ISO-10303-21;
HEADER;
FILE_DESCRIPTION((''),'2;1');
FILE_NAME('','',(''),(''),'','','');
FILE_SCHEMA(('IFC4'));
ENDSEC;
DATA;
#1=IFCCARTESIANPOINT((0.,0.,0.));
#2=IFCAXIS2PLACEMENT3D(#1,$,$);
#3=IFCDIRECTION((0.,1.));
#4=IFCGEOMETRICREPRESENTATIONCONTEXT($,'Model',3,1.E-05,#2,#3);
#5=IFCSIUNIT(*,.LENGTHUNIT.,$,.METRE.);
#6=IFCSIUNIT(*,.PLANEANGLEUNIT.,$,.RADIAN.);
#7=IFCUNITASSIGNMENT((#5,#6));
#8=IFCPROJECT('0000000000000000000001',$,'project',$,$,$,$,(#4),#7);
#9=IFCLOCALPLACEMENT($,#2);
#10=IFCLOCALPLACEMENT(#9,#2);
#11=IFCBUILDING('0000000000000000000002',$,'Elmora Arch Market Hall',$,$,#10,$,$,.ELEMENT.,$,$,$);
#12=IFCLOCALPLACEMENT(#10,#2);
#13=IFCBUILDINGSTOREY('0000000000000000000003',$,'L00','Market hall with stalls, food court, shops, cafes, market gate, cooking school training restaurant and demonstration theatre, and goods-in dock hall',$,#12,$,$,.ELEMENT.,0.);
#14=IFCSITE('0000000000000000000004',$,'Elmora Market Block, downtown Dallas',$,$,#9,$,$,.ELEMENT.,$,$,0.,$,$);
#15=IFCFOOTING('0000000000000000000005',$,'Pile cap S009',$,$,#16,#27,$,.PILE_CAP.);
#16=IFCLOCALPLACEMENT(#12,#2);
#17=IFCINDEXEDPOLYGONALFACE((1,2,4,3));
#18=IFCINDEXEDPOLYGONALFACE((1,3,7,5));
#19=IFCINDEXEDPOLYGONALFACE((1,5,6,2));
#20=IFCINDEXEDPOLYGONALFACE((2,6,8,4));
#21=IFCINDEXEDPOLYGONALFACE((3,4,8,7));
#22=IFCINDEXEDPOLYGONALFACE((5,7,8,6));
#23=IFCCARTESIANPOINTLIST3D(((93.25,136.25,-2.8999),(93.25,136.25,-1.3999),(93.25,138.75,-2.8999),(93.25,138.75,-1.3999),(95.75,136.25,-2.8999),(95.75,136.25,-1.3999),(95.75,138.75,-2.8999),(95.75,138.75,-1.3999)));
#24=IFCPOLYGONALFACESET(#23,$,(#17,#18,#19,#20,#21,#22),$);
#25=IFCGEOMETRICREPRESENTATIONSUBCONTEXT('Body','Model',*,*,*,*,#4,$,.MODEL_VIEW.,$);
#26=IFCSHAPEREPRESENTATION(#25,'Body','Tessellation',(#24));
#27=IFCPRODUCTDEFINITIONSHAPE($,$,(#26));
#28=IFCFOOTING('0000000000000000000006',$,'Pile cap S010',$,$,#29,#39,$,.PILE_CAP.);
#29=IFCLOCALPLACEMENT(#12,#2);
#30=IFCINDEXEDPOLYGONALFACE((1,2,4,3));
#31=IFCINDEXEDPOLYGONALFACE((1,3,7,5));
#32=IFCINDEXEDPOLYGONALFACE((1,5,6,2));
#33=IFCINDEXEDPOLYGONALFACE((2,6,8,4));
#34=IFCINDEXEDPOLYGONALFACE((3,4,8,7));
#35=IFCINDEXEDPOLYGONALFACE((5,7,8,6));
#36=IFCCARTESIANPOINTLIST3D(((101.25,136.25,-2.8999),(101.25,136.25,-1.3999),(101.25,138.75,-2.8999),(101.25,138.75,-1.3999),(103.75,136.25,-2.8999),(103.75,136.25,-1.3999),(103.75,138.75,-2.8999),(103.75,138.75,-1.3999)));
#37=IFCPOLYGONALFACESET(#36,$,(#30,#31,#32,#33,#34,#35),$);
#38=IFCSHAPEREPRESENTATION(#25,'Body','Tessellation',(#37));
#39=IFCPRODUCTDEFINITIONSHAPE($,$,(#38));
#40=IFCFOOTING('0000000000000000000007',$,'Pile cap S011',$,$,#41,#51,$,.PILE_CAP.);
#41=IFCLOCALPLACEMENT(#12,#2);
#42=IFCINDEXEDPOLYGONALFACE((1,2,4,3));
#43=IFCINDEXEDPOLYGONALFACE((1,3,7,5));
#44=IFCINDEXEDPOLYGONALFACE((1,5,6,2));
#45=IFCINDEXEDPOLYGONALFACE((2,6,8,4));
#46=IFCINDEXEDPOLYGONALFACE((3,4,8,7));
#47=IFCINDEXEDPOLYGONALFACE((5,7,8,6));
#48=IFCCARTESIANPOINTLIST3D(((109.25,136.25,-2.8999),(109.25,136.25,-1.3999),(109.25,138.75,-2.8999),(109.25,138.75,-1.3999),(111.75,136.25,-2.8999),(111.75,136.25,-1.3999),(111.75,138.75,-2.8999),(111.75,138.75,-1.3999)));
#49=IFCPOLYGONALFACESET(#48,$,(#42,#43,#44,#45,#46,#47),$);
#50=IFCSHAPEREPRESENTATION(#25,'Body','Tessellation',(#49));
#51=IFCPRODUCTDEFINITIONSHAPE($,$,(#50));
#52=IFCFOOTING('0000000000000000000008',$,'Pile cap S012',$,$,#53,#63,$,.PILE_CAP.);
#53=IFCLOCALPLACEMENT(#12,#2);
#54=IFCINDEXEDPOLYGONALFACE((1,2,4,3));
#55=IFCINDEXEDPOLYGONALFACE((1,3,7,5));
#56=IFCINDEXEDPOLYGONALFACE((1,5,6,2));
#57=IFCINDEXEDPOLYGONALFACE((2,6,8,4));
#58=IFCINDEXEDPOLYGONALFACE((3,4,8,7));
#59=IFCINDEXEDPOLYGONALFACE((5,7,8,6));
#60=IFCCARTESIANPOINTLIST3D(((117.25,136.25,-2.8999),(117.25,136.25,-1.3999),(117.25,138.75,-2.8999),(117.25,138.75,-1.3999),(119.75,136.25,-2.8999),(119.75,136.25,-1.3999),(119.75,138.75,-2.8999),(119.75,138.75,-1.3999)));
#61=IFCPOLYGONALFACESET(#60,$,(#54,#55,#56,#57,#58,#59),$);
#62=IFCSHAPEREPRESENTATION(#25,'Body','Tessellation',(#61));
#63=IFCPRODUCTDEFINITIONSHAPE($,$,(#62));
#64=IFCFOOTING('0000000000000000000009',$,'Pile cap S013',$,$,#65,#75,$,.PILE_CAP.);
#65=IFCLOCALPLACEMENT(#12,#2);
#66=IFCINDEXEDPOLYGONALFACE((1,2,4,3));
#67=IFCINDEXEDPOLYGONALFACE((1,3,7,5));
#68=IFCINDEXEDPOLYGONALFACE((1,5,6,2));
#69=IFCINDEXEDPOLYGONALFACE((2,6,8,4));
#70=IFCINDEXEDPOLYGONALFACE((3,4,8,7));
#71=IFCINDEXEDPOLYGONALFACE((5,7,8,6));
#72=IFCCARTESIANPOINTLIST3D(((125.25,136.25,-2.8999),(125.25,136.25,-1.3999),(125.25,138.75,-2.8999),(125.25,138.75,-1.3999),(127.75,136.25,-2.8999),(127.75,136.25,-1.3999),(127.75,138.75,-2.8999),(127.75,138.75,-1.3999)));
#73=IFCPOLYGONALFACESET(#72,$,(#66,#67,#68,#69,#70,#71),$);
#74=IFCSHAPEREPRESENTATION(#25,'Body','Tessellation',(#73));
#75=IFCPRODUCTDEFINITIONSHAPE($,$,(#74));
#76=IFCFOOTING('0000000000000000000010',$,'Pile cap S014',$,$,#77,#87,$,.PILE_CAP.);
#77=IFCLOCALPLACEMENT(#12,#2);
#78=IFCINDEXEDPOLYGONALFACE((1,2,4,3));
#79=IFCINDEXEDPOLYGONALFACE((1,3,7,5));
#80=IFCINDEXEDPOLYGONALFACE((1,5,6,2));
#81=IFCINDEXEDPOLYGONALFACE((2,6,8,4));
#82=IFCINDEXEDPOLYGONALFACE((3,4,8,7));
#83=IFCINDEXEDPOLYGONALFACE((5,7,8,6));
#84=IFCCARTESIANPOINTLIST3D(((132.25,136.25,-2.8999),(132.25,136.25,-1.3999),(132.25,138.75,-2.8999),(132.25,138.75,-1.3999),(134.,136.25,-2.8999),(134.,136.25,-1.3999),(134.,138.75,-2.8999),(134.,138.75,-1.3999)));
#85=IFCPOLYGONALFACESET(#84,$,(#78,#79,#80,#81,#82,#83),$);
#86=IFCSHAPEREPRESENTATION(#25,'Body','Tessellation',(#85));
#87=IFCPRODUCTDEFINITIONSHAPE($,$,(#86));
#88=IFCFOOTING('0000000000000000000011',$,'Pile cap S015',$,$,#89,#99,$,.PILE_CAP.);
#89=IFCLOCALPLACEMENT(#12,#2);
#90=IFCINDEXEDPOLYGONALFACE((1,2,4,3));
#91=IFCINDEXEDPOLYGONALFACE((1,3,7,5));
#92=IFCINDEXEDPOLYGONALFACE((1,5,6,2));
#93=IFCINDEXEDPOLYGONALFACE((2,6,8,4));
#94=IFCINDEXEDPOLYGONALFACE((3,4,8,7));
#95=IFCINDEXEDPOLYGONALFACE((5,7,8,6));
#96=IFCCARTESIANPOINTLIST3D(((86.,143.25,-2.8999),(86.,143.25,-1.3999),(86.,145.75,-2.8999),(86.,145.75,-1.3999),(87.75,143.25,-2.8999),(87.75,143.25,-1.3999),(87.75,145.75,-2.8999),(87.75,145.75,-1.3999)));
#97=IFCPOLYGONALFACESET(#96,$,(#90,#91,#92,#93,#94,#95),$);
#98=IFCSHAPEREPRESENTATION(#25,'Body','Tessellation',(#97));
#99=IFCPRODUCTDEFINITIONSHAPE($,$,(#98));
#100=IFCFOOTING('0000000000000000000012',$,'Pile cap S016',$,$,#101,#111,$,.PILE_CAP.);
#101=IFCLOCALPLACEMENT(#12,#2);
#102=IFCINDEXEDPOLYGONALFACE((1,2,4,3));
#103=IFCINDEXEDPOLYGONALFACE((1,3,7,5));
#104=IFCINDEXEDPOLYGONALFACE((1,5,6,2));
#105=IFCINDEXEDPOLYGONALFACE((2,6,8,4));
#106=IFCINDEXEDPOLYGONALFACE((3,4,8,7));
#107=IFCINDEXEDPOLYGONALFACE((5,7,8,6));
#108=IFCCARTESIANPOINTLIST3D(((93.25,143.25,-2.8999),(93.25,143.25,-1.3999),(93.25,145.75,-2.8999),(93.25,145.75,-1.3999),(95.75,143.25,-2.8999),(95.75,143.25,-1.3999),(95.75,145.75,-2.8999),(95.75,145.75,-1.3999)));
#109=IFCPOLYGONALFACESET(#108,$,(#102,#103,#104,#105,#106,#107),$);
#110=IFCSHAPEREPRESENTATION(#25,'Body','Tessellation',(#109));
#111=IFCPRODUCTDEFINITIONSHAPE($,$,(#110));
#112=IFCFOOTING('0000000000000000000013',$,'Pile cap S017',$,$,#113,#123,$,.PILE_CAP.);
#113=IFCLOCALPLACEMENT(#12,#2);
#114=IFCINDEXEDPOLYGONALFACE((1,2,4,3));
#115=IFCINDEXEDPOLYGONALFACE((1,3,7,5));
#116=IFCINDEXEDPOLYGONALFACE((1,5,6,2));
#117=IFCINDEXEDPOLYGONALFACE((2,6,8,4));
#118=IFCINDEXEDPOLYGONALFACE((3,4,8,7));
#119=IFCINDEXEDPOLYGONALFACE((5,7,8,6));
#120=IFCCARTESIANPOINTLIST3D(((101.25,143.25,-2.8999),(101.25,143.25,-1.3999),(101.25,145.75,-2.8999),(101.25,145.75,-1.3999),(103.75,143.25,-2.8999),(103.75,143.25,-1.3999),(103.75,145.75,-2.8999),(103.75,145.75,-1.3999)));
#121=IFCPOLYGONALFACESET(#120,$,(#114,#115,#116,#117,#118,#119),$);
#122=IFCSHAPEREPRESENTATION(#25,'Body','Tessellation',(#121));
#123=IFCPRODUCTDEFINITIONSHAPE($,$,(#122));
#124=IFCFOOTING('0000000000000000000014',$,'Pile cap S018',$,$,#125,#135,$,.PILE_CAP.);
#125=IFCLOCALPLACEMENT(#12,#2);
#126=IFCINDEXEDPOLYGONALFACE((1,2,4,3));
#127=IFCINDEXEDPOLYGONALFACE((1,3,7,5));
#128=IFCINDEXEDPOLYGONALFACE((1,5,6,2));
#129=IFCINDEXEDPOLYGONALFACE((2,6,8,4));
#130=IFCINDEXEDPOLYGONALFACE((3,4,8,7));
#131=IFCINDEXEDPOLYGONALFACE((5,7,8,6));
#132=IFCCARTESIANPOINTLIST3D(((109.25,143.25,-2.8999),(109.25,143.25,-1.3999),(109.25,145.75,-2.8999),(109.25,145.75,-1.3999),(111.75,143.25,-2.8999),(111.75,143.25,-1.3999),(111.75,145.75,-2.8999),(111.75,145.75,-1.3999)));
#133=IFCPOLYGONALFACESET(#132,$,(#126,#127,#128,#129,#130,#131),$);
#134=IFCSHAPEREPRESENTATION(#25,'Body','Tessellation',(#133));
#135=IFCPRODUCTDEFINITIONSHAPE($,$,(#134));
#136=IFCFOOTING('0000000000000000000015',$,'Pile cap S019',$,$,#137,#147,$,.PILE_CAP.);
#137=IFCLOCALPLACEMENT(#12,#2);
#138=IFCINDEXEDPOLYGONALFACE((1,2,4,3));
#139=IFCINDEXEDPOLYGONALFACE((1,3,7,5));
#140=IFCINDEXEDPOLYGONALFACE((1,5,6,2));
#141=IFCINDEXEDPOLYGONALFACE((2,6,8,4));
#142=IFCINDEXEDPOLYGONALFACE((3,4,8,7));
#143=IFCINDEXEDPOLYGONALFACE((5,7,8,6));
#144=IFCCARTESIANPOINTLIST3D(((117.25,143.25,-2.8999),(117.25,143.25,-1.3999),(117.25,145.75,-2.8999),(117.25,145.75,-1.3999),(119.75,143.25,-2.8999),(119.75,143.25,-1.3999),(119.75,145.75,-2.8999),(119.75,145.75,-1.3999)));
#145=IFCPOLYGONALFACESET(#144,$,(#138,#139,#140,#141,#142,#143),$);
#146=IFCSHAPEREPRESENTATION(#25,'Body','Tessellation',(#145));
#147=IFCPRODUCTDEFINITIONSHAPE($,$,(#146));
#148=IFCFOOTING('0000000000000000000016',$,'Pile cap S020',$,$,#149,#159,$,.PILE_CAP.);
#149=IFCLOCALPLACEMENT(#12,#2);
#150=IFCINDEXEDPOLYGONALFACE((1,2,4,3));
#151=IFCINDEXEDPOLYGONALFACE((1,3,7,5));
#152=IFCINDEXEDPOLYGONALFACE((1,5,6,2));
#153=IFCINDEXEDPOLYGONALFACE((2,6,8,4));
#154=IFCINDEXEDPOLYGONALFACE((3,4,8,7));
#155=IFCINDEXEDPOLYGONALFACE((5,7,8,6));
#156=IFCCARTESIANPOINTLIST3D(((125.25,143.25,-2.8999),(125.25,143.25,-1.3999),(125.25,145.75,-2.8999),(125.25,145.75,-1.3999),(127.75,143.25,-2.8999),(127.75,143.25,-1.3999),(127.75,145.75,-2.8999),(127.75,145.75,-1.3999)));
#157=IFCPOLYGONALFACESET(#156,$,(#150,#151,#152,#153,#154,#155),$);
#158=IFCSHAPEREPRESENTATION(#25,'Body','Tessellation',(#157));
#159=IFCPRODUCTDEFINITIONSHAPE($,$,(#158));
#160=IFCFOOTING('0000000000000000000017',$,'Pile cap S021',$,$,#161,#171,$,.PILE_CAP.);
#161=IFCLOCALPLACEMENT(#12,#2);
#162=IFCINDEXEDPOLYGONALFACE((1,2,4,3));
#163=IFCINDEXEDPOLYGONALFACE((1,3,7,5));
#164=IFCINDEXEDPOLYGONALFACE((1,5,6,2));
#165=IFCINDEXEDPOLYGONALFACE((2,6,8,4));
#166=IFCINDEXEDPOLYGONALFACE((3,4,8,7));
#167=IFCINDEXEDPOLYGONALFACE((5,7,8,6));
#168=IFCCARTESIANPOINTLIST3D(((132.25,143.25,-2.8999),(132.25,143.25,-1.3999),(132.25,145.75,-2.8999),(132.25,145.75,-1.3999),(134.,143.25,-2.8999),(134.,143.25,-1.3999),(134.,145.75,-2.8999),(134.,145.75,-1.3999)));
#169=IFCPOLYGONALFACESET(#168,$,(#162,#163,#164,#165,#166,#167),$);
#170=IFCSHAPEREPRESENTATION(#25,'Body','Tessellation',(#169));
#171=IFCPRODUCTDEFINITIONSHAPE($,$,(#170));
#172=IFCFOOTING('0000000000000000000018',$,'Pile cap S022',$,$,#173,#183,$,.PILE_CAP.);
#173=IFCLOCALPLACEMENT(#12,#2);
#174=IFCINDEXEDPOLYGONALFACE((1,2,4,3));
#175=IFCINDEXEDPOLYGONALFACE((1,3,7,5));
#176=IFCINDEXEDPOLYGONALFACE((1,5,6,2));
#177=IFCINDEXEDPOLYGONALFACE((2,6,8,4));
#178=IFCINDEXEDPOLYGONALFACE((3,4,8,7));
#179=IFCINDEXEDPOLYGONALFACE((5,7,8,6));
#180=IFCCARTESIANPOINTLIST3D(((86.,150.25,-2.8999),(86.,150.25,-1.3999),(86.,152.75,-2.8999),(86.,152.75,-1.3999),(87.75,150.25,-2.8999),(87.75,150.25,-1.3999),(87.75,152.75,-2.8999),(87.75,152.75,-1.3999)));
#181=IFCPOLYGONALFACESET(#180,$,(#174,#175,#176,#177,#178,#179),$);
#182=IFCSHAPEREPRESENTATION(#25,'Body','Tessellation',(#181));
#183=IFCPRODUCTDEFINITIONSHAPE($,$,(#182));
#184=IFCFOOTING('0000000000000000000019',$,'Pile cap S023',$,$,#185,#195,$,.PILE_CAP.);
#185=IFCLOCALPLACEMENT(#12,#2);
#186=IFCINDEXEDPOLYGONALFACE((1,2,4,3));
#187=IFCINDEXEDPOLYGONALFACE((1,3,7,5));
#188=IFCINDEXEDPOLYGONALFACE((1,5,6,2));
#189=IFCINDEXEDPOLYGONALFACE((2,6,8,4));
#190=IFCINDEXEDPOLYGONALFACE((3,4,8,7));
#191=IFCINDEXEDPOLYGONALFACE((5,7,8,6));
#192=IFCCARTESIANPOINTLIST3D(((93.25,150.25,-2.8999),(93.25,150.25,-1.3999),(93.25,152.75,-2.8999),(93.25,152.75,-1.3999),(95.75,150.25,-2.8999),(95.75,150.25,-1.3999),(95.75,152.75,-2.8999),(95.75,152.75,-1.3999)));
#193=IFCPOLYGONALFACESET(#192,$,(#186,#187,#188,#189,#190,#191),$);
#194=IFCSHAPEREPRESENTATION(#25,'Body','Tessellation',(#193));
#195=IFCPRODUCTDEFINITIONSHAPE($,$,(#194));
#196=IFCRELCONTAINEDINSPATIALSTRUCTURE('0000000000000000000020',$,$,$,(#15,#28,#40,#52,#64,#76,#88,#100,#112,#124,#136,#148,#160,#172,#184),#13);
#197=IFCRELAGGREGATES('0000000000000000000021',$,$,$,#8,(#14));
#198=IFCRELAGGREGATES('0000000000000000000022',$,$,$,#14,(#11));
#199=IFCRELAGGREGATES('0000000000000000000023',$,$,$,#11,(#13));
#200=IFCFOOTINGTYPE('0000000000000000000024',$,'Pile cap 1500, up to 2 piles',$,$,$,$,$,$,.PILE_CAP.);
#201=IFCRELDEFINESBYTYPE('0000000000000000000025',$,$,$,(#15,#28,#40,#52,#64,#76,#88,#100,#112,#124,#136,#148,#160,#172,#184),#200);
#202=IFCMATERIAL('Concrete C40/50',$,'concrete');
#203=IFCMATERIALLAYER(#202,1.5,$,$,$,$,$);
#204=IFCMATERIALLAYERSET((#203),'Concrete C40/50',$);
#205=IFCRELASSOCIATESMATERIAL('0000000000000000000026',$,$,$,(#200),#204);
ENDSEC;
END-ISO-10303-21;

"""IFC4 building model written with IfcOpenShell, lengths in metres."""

from ifc_helpers import new_model, si_unit, direction, frame, origin, place, context, subcontext, project, spatial, polyline, outline, extrude, material, layer, layer_set, type_object, element, save


model = new_model("IFC4")

# Units and contexts
model_context = context("Model", 3, precision=1e-05, world=origin(), true_north=direction((0.0, 1.0)))
body_context = subcontext(model_context, "Body", "Model", "MODEL_VIEW")
ifc_project = project(units=[si_unit("LENGTHUNIT", "METRE"), si_unit("PLANEANGLEUNIT", "RADIAN")], contexts=[model_context])

# Site, building, storey
site_placement = place(None, origin())
site = spatial("IfcSite", under=ifc_project, at=site_placement, Name="Elmora Market Block, downtown Dallas", CompositionType="ELEMENT", RefElevation=0.0)
building_placement = place(site_placement, origin())
building = spatial("IfcBuilding", under=site, at=building_placement, Name="Elmora Arch Market Hall", CompositionType="ELEMENT")
storey_placement = place(building_placement, origin())
storey = spatial("IfcBuildingStorey", under=building, at=storey_placement, Name="L00", Description="Market hall with stalls, food court, shops, cafes, market gate, cooking school training restaurant and demonstration theatre, and goods-in dock hall", CompositionType="ELEMENT", Elevation=0.0)

# Footings
ifc_material_1 = material(Name="Concrete C40/50", Category="concrete")
ifc_layer_1 = layer(ifc_material_1, 1.5)
ifc_layer_set_1 = layer_set([ifc_layer_1], Name="Concrete C40/50")
footing_type_1 = type_object("IfcFootingType", Name="Pile cap 1500, up to 2 piles", PredefinedType="PILE_CAP", material=ifc_layer_set_1)
footing_1_placement = place(storey_placement, frame((0.0, 0.0, -2.8999)))
element("IfcFooting", 1, at=footing_1_placement, inside=storey, type_object=footing_type_1, Name="Pile cap S009", PredefinedType="PILE_CAP", context=body_context, shape_type="SweptSolid", body=[
    extrude(outline(polyline([(95.75, 138.75), (95.75, 136.25), (93.25, 136.25), (93.25, 138.75), (95.75, 138.75)])), origin(), (0.0, 0.0, 1.0), 1.5),
])
footing_2_placement = place(storey_placement, frame((0.0, 0.0, -2.8999)))
element("IfcFooting", 2, at=footing_2_placement, inside=storey, type_object=footing_type_1, Name="Pile cap S010", PredefinedType="PILE_CAP", context=body_context, shape_type="SweptSolid", body=[
    extrude(outline(polyline([(103.75, 138.75), (103.75, 136.25), (101.25, 136.25), (101.25, 138.75), (103.75, 138.75)])), origin(), (0.0, 0.0, 1.0), 1.5),
])
footing_3_placement = place(storey_placement, frame((0.0, 0.0, -2.8999)))
element("IfcFooting", 3, at=footing_3_placement, inside=storey, type_object=footing_type_1, Name="Pile cap S011", PredefinedType="PILE_CAP", context=body_context, shape_type="SweptSolid", body=[
    extrude(outline(polyline([(111.75, 138.75), (111.75, 136.25), (109.25, 136.25), (109.25, 138.75), (111.75, 138.75)])), origin(), (0.0, 0.0, 1.0), 1.5),
])
footing_4_placement = place(storey_placement, frame((0.0, 0.0, -2.8999)))
element("IfcFooting", 4, at=footing_4_placement, inside=storey, type_object=footing_type_1, Name="Pile cap S012", PredefinedType="PILE_CAP", context=body_context, shape_type="SweptSolid", body=[
    extrude(outline(polyline([(119.75, 138.75), (119.75, 136.25), (117.25, 136.25), (117.25, 138.75), (119.75, 138.75)])), origin(), (0.0, 0.0, 1.0), 1.5),
])
footing_5_placement = place(storey_placement, frame((0.0, 0.0, -2.8999)))
element("IfcFooting", 5, at=footing_5_placement, inside=storey, type_object=footing_type_1, Name="Pile cap S013", PredefinedType="PILE_CAP", context=body_context, shape_type="SweptSolid", body=[
    extrude(outline(polyline([(127.75, 138.75), (127.75, 136.25), (125.25, 136.25), (125.25, 138.75), (127.75, 138.75)])), origin(), (0.0, 0.0, 1.0), 1.5),
])
footing_6_placement = place(storey_placement, frame((0.0, 0.0, -2.8999)))
element("IfcFooting", 6, at=footing_6_placement, inside=storey, type_object=footing_type_1, Name="Pile cap S014", PredefinedType="PILE_CAP", context=body_context, shape_type="SweptSolid", body=[
    extrude(outline(polyline([(134.0, 138.75), (134.0, 136.25), (132.25, 136.25), (132.25, 138.75), (134.0, 138.75)])), origin(), (0.0, 0.0, 1.0), 1.5),
])
footing_7_placement = place(storey_placement, frame((0.0, 0.0, -2.8999)))
element("IfcFooting", 7, at=footing_7_placement, inside=storey, type_object=footing_type_1, Name="Pile cap S015", PredefinedType="PILE_CAP", context=body_context, shape_type="SweptSolid", body=[
    extrude(outline(polyline([(87.75, 145.75), (87.75, 143.25), (86.0, 143.25), (86.0, 145.75), (87.75, 145.75)])), origin(), (0.0, 0.0, 1.0), 1.5),
])
footing_8_placement = place(storey_placement, frame((0.0, 0.0, -2.8999)))
element("IfcFooting", 8, at=footing_8_placement, inside=storey, type_object=footing_type_1, Name="Pile cap S016", PredefinedType="PILE_CAP", context=body_context, shape_type="SweptSolid", body=[
    extrude(outline(polyline([(93.25, 145.75), (95.75, 145.75), (95.75, 143.25), (93.25, 143.25), (93.25, 145.75)])), origin(), (0.0, 0.0, 1.0), 1.5),
])
footing_9_placement = place(storey_placement, frame((0.0, 0.0, -2.8999)))
element("IfcFooting", 9, at=footing_9_placement, inside=storey, type_object=footing_type_1, Name="Pile cap S017", PredefinedType="PILE_CAP", context=body_context, shape_type="SweptSolid", body=[
    extrude(outline(polyline([(103.75, 145.75), (103.75, 143.25), (101.25, 143.25), (101.25, 145.75), (103.75, 145.75)])), origin(), (0.0, 0.0, 1.0), 1.5),
])
footing_10_placement = place(storey_placement, frame((0.0, 0.0, -2.8999)))
element("IfcFooting", 10, at=footing_10_placement, inside=storey, type_object=footing_type_1, Name="Pile cap S018", PredefinedType="PILE_CAP", context=body_context, shape_type="SweptSolid", body=[
    extrude(outline(polyline([(111.75, 145.75), (111.75, 143.25), (109.25, 143.25), (109.25, 145.75), (111.75, 145.75)])), origin(), (0.0, 0.0, 1.0), 1.5),
])
footing_11_placement = place(storey_placement, frame((0.0, 0.0, -2.8999)))
element("IfcFooting", 11, at=footing_11_placement, inside=storey, type_object=footing_type_1, Name="Pile cap S019", PredefinedType="PILE_CAP", context=body_context, shape_type="SweptSolid", body=[
    extrude(outline(polyline([(117.25, 145.75), (119.75, 145.75), (119.75, 143.25), (117.25, 143.25), (117.25, 145.75)])), origin(), (0.0, 0.0, 1.0), 1.5),
])
footing_12_placement = place(storey_placement, frame((0.0, 0.0, -2.8999)))
element("IfcFooting", 12, at=footing_12_placement, inside=storey, type_object=footing_type_1, Name="Pile cap S020", PredefinedType="PILE_CAP", context=body_context, shape_type="SweptSolid", body=[
    extrude(outline(polyline([(127.75, 145.75), (127.75, 143.25), (125.25, 143.25), (125.25, 145.75), (127.75, 145.75)])), origin(), (0.0, 0.0, 1.0), 1.5),
])
footing_13_placement = place(storey_placement, frame((0.0, 0.0, -2.8999)))
element("IfcFooting", 13, at=footing_13_placement, inside=storey, type_object=footing_type_1, Name="Pile cap S021", PredefinedType="PILE_CAP", context=body_context, shape_type="SweptSolid", body=[
    extrude(outline(polyline([(134.0, 145.75), (134.0, 143.25), (132.25, 143.25), (132.25, 145.75), (134.0, 145.75)])), origin(), (0.0, 0.0, 1.0), 1.5),
])
footing_14_placement = place(storey_placement, frame((0.0, 0.0, -2.8999)))
element("IfcFooting", 14, at=footing_14_placement, inside=storey, type_object=footing_type_1, Name="Pile cap S022", PredefinedType="PILE_CAP", context=body_context, shape_type="SweptSolid", body=[
    extrude(outline(polyline([(87.75, 152.75), (87.75, 150.25), (86.0, 150.25), (86.0, 152.75), (87.75, 152.75)])), origin(), (0.0, 0.0, 1.0), 1.5),
])
footing_15_placement = place(storey_placement, frame((0.0, 0.0, -2.8999)))
element("IfcFooting", 15, at=footing_15_placement, inside=storey, type_object=footing_type_1, Name="Pile cap S023", PredefinedType="PILE_CAP", context=body_context, shape_type="SweptSolid", body=[
    extrude(outline(polyline([(95.75, 152.75), (95.75, 150.25), (93.25, 150.25), (93.25, 152.75), (95.75, 152.75)])), origin(), (0.0, 0.0, 1.0), 1.5),
])

save(model, "model.ifc")
